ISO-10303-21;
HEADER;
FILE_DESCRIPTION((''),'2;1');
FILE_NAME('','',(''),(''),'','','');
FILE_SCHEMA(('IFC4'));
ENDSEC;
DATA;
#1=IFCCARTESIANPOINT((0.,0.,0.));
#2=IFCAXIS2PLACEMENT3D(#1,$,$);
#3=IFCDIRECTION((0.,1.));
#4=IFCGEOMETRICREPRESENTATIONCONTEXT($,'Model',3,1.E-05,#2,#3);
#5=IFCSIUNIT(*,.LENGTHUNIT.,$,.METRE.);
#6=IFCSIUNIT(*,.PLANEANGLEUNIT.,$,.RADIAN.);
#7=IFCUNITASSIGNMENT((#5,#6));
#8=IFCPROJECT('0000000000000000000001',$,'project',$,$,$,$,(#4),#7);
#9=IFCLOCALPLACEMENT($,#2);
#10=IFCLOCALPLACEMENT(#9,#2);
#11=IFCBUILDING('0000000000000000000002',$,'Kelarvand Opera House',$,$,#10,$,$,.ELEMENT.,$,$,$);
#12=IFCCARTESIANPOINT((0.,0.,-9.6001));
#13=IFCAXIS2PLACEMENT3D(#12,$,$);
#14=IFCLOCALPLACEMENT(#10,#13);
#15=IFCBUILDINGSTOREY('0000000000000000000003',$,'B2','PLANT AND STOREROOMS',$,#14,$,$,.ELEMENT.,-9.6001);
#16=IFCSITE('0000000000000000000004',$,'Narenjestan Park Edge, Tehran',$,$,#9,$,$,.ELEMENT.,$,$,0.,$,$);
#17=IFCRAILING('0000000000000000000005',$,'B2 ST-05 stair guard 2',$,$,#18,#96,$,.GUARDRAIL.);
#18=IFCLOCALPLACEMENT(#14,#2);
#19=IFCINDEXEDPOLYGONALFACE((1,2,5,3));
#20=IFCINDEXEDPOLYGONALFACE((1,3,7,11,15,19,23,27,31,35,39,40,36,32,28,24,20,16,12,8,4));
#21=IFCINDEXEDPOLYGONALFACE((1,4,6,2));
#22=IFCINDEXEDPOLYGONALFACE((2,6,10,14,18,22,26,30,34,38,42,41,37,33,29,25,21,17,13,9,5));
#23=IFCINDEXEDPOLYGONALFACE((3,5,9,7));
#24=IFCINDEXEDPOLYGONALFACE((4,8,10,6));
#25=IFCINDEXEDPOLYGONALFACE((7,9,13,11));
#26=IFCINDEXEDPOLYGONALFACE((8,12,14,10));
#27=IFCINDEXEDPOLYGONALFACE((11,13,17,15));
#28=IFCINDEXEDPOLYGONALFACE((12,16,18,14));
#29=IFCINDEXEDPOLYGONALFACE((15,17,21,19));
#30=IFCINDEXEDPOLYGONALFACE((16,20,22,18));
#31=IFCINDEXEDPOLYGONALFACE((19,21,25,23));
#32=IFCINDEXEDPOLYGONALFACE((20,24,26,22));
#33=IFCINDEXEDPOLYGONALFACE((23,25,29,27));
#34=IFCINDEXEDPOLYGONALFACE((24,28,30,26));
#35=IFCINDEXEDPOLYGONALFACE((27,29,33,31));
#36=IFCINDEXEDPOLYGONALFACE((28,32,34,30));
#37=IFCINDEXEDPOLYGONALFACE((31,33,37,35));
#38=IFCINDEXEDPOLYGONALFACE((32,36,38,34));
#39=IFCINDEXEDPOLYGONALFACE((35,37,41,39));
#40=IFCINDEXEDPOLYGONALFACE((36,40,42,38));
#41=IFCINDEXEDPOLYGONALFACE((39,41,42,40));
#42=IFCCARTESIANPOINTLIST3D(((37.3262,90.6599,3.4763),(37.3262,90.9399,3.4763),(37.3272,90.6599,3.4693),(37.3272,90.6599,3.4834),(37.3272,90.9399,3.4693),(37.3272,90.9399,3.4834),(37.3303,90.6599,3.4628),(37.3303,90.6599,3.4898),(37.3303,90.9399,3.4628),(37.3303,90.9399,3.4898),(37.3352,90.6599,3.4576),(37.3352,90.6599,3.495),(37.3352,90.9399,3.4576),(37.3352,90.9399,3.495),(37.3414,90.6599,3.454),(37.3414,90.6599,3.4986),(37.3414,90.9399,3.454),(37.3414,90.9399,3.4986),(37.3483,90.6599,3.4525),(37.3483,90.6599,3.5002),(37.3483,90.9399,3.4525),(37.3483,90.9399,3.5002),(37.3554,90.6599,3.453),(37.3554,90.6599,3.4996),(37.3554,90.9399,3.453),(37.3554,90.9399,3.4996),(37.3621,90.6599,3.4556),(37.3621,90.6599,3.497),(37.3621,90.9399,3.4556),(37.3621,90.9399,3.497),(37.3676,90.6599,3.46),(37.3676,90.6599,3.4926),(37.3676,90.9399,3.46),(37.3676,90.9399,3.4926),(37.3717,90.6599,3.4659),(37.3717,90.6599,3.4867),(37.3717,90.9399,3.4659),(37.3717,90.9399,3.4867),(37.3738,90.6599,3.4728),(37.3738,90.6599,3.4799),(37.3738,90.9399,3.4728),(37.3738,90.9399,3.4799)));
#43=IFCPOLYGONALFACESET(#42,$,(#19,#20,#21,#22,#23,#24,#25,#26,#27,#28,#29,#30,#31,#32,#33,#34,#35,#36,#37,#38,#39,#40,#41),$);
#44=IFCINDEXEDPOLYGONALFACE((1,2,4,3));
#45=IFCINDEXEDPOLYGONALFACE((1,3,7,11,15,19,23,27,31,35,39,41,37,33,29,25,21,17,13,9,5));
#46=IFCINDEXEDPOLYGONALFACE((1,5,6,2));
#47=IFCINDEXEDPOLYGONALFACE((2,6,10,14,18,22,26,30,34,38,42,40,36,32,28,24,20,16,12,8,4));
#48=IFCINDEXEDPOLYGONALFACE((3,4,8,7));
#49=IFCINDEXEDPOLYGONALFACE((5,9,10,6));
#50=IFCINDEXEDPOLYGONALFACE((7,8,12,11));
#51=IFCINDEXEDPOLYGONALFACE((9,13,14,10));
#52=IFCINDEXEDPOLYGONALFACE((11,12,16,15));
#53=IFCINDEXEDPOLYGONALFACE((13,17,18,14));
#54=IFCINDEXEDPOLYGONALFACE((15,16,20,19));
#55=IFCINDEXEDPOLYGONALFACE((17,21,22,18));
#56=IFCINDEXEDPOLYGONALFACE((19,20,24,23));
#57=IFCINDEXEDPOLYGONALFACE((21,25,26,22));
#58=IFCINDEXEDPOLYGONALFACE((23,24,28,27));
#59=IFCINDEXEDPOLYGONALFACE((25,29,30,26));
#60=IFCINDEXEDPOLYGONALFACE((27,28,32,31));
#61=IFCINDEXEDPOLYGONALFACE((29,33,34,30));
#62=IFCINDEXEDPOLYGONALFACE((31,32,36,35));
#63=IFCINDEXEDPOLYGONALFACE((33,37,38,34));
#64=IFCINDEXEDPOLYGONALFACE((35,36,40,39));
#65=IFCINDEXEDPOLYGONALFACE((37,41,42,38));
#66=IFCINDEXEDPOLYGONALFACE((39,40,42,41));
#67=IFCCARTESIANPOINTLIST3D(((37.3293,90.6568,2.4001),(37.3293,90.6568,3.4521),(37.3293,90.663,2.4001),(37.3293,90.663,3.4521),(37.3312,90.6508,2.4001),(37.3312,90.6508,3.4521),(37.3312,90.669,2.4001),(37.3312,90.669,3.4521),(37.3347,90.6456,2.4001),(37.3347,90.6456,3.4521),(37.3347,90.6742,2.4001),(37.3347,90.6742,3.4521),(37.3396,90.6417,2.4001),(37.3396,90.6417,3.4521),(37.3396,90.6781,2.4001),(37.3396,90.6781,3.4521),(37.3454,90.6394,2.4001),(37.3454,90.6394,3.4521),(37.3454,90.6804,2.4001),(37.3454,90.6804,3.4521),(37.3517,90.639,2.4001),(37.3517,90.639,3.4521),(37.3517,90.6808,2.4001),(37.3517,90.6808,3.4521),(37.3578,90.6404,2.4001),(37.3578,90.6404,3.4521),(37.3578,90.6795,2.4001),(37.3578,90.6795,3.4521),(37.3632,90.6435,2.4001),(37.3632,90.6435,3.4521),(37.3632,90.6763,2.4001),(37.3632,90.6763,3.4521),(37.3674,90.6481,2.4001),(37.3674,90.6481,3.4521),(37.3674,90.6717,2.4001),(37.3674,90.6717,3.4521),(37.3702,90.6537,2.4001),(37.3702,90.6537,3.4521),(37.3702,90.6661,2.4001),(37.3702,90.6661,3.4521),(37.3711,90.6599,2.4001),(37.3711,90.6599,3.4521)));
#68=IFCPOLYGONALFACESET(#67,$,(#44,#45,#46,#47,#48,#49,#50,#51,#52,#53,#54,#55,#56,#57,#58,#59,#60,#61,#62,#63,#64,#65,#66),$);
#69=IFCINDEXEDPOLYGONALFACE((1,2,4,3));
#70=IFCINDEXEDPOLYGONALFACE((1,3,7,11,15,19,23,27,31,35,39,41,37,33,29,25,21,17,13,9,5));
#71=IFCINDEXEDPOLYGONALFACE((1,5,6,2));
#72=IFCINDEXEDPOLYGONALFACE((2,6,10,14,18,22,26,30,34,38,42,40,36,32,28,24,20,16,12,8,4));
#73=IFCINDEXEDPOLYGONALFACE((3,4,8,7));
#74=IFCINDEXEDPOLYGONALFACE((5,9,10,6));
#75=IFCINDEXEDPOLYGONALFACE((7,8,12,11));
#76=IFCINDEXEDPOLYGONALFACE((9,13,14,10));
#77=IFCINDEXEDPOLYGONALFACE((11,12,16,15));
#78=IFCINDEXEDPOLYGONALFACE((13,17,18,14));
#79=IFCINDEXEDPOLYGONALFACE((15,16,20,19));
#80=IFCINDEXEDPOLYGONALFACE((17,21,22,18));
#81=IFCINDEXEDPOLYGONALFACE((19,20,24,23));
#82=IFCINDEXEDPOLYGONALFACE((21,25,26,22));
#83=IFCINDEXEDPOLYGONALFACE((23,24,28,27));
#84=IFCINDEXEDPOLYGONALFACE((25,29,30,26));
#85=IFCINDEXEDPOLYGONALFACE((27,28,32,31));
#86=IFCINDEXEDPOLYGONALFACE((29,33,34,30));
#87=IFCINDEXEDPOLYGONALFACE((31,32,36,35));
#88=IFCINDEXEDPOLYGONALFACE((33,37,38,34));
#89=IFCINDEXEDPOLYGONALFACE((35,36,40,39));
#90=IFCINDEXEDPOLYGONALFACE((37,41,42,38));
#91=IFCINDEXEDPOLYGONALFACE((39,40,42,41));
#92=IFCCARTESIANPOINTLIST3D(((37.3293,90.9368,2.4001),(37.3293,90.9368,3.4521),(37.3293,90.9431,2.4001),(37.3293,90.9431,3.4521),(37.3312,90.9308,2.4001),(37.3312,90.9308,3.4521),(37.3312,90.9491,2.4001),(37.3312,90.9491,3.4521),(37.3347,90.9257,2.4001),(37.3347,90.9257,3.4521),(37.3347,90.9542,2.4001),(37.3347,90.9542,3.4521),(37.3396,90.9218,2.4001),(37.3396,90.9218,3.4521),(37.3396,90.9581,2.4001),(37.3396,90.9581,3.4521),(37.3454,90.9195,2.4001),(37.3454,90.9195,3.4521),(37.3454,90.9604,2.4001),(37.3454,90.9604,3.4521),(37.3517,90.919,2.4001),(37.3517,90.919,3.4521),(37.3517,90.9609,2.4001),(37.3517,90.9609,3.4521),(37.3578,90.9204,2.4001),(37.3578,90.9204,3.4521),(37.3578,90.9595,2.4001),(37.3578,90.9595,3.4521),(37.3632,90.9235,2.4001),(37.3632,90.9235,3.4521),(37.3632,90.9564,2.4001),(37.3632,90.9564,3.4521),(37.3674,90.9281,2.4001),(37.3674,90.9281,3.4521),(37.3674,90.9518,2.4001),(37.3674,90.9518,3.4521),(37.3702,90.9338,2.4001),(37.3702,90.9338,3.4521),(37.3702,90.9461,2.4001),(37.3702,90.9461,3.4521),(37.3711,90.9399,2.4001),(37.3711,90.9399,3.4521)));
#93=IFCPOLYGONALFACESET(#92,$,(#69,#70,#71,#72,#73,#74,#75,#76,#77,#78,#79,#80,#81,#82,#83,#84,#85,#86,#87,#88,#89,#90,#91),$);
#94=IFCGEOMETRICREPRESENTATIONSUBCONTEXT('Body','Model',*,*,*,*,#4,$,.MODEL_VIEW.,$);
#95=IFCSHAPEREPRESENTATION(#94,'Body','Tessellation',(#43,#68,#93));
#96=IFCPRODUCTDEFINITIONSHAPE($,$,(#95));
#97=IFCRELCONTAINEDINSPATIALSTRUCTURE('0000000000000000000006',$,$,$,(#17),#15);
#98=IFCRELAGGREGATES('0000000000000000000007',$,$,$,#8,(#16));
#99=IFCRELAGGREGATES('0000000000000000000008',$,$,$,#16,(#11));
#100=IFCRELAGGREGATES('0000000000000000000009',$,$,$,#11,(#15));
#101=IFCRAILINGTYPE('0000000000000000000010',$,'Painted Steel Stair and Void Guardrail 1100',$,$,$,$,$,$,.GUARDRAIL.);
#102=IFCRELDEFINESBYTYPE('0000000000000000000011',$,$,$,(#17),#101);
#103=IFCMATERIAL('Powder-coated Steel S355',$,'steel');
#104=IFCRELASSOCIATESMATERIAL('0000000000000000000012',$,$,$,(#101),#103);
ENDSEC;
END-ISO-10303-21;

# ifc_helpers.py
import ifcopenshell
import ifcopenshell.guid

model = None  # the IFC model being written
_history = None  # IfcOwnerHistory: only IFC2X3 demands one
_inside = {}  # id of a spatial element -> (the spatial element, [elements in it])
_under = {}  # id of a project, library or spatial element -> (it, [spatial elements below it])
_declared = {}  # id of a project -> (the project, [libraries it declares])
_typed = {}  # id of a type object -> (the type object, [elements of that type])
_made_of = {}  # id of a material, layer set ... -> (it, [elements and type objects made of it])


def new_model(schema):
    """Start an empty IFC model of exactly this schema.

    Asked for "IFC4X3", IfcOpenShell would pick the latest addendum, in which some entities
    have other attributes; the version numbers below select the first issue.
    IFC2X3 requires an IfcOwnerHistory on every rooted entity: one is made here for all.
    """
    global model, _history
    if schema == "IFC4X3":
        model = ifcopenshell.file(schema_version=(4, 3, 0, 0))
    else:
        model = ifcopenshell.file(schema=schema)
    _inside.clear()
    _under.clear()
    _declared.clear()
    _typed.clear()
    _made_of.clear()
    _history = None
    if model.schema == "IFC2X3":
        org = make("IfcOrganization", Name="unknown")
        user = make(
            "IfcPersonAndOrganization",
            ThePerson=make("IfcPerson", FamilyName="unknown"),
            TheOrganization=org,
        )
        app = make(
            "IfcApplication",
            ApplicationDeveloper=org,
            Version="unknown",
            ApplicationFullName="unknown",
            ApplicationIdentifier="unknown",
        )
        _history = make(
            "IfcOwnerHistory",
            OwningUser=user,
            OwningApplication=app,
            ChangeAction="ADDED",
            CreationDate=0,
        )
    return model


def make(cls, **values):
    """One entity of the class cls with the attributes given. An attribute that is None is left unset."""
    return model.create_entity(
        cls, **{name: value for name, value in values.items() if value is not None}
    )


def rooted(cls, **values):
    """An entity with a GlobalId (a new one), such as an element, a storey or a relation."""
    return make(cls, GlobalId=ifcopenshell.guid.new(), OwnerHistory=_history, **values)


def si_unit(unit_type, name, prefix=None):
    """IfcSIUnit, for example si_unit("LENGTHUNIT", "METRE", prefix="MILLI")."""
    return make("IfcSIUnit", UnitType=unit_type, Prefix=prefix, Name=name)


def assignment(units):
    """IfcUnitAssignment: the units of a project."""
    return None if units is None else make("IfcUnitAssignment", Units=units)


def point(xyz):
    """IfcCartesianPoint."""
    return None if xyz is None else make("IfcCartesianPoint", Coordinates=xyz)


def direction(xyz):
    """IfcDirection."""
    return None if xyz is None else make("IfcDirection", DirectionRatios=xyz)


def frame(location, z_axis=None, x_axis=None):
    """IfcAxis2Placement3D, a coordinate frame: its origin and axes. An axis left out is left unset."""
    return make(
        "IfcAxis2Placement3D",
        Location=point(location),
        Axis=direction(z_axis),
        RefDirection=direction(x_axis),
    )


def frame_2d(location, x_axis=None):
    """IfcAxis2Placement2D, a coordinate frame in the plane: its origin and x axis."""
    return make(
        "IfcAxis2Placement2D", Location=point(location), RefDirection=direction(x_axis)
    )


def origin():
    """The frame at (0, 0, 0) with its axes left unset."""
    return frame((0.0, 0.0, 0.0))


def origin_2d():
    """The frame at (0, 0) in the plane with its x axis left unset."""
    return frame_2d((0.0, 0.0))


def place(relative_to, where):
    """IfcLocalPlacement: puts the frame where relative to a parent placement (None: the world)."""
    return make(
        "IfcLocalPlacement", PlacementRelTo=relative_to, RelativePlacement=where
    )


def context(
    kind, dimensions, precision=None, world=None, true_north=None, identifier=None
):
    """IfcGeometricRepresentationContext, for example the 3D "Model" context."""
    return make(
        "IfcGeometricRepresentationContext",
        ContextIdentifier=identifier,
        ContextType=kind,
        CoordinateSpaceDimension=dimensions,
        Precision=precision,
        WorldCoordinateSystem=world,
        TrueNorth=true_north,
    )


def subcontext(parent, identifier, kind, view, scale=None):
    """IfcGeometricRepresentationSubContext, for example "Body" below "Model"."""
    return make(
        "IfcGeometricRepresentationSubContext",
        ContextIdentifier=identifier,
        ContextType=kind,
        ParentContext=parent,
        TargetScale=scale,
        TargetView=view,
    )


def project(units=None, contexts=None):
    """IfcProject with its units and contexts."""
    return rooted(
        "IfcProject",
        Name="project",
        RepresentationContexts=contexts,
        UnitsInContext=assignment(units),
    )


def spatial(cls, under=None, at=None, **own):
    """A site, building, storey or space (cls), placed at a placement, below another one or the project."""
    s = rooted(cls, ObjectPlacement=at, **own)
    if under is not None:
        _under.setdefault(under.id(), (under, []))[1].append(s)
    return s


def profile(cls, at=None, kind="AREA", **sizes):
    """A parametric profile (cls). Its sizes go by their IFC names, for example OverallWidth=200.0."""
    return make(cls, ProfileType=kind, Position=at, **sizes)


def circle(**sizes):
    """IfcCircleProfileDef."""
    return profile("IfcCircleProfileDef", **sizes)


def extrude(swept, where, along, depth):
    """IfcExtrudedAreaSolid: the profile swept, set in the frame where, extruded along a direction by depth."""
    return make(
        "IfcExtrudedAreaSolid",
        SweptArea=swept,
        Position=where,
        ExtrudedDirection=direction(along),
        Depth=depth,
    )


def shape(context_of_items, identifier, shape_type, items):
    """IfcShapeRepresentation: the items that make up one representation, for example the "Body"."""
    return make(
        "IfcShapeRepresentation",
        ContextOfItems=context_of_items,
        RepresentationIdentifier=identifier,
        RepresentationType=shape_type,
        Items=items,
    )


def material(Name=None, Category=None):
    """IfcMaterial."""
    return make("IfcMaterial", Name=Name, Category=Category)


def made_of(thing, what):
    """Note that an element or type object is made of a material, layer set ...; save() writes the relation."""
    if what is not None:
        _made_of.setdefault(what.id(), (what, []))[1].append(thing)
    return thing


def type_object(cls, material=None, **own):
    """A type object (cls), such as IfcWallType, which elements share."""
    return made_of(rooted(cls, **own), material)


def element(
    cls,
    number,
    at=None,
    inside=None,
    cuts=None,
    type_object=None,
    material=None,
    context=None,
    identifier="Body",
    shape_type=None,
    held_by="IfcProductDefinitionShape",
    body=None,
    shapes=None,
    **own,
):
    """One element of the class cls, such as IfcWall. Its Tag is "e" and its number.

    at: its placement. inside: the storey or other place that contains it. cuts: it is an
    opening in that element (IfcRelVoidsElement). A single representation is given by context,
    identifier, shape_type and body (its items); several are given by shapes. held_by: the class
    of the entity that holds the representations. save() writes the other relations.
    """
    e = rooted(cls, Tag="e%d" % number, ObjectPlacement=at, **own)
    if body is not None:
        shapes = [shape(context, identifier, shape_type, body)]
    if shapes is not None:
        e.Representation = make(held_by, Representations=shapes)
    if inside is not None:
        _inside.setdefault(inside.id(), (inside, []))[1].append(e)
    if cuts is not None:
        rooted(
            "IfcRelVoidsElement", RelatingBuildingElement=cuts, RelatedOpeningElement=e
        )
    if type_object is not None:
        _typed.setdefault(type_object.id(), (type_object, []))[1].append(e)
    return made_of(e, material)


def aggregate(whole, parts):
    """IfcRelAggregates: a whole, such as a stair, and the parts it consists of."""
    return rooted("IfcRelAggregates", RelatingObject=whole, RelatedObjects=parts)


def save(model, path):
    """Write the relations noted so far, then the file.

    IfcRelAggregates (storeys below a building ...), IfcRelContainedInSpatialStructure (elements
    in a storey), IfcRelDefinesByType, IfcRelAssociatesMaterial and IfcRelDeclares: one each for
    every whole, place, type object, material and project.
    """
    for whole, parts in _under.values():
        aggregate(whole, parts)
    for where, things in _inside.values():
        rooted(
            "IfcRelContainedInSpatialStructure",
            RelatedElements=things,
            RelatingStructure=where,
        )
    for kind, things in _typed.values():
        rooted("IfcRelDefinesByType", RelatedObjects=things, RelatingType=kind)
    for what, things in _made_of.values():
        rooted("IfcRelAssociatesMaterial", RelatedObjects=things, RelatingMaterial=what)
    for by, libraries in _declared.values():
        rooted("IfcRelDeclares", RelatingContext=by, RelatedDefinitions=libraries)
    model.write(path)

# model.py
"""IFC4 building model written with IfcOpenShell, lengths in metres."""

from ifc_helpers import new_model, si_unit, direction, frame, origin, origin_2d, place, context, subcontext, project, spatial, circle, extrude, material, type_object, element, save


model = new_model("IFC4")

# Units and contexts
model_context = context("Model", 3, precision=1e-05, world=origin(), true_north=direction((0.0, 1.0)))
body_context = subcontext(model_context, "Body", "Model", "MODEL_VIEW")
ifc_project = project(units=[si_unit("LENGTHUNIT", "METRE"), si_unit("PLANEANGLEUNIT", "RADIAN")], contexts=[model_context])

# Site, building, storey
site_placement = place(None, origin())
site = spatial("IfcSite", under=ifc_project, at=site_placement, Name="Narenjestan Park Edge, Tehran", CompositionType="ELEMENT", RefElevation=0.0)
building_placement = place(site_placement, origin())
building = spatial("IfcBuilding", under=site, at=building_placement, Name="Kelarvand Opera House", CompositionType="ELEMENT")
storey_placement = place(building_placement, frame((0.0, 0.0, -9.6001)))
storey = spatial("IfcBuildingStorey", under=building, at=storey_placement, Name="B2", Description="PLANT AND STOREROOMS", CompositionType="ELEMENT", Elevation=-9.6001)

# Railing
ifc_material_1 = material(Name="Powder-coated Steel S355", Category="steel")
railing_type_1 = type_object("IfcRailingType", Name="Painted Steel Stair and Void Guardrail 1100", PredefinedType="GUARDRAIL", material=ifc_material_1)
railing_1_placement = place(storey_placement, frame((37.3501, 90.6599, 2.4001)))
element("IfcRailing", 1, at=railing_1_placement, inside=storey, type_object=railing_type_1, Name="B2 ST-05 stair guard 2", PredefinedType="GUARDRAIL", context=body_context, shape_type="SweptSolid", body=[
    extrude(circle(Radius=0.0239, at=origin_2d()), frame((0.0, 0.0, 1.0762), z_axis=(0.0, 1.0, 0.0), x_axis=(-1.0, 0.0, 0.0)), (0.0, 0.0, 1.0), 0.28),
    extrude(circle(Radius=0.021, at=origin_2d()), origin(), (0.0, 0.0, 1.0), 1.052),
    extrude(circle(Radius=0.021, at=origin_2d()), frame((0.0, 0.28, 0.0)), (0.0, 0.0, 1.0), 1.052),
])

save(model, "model.ifc")
